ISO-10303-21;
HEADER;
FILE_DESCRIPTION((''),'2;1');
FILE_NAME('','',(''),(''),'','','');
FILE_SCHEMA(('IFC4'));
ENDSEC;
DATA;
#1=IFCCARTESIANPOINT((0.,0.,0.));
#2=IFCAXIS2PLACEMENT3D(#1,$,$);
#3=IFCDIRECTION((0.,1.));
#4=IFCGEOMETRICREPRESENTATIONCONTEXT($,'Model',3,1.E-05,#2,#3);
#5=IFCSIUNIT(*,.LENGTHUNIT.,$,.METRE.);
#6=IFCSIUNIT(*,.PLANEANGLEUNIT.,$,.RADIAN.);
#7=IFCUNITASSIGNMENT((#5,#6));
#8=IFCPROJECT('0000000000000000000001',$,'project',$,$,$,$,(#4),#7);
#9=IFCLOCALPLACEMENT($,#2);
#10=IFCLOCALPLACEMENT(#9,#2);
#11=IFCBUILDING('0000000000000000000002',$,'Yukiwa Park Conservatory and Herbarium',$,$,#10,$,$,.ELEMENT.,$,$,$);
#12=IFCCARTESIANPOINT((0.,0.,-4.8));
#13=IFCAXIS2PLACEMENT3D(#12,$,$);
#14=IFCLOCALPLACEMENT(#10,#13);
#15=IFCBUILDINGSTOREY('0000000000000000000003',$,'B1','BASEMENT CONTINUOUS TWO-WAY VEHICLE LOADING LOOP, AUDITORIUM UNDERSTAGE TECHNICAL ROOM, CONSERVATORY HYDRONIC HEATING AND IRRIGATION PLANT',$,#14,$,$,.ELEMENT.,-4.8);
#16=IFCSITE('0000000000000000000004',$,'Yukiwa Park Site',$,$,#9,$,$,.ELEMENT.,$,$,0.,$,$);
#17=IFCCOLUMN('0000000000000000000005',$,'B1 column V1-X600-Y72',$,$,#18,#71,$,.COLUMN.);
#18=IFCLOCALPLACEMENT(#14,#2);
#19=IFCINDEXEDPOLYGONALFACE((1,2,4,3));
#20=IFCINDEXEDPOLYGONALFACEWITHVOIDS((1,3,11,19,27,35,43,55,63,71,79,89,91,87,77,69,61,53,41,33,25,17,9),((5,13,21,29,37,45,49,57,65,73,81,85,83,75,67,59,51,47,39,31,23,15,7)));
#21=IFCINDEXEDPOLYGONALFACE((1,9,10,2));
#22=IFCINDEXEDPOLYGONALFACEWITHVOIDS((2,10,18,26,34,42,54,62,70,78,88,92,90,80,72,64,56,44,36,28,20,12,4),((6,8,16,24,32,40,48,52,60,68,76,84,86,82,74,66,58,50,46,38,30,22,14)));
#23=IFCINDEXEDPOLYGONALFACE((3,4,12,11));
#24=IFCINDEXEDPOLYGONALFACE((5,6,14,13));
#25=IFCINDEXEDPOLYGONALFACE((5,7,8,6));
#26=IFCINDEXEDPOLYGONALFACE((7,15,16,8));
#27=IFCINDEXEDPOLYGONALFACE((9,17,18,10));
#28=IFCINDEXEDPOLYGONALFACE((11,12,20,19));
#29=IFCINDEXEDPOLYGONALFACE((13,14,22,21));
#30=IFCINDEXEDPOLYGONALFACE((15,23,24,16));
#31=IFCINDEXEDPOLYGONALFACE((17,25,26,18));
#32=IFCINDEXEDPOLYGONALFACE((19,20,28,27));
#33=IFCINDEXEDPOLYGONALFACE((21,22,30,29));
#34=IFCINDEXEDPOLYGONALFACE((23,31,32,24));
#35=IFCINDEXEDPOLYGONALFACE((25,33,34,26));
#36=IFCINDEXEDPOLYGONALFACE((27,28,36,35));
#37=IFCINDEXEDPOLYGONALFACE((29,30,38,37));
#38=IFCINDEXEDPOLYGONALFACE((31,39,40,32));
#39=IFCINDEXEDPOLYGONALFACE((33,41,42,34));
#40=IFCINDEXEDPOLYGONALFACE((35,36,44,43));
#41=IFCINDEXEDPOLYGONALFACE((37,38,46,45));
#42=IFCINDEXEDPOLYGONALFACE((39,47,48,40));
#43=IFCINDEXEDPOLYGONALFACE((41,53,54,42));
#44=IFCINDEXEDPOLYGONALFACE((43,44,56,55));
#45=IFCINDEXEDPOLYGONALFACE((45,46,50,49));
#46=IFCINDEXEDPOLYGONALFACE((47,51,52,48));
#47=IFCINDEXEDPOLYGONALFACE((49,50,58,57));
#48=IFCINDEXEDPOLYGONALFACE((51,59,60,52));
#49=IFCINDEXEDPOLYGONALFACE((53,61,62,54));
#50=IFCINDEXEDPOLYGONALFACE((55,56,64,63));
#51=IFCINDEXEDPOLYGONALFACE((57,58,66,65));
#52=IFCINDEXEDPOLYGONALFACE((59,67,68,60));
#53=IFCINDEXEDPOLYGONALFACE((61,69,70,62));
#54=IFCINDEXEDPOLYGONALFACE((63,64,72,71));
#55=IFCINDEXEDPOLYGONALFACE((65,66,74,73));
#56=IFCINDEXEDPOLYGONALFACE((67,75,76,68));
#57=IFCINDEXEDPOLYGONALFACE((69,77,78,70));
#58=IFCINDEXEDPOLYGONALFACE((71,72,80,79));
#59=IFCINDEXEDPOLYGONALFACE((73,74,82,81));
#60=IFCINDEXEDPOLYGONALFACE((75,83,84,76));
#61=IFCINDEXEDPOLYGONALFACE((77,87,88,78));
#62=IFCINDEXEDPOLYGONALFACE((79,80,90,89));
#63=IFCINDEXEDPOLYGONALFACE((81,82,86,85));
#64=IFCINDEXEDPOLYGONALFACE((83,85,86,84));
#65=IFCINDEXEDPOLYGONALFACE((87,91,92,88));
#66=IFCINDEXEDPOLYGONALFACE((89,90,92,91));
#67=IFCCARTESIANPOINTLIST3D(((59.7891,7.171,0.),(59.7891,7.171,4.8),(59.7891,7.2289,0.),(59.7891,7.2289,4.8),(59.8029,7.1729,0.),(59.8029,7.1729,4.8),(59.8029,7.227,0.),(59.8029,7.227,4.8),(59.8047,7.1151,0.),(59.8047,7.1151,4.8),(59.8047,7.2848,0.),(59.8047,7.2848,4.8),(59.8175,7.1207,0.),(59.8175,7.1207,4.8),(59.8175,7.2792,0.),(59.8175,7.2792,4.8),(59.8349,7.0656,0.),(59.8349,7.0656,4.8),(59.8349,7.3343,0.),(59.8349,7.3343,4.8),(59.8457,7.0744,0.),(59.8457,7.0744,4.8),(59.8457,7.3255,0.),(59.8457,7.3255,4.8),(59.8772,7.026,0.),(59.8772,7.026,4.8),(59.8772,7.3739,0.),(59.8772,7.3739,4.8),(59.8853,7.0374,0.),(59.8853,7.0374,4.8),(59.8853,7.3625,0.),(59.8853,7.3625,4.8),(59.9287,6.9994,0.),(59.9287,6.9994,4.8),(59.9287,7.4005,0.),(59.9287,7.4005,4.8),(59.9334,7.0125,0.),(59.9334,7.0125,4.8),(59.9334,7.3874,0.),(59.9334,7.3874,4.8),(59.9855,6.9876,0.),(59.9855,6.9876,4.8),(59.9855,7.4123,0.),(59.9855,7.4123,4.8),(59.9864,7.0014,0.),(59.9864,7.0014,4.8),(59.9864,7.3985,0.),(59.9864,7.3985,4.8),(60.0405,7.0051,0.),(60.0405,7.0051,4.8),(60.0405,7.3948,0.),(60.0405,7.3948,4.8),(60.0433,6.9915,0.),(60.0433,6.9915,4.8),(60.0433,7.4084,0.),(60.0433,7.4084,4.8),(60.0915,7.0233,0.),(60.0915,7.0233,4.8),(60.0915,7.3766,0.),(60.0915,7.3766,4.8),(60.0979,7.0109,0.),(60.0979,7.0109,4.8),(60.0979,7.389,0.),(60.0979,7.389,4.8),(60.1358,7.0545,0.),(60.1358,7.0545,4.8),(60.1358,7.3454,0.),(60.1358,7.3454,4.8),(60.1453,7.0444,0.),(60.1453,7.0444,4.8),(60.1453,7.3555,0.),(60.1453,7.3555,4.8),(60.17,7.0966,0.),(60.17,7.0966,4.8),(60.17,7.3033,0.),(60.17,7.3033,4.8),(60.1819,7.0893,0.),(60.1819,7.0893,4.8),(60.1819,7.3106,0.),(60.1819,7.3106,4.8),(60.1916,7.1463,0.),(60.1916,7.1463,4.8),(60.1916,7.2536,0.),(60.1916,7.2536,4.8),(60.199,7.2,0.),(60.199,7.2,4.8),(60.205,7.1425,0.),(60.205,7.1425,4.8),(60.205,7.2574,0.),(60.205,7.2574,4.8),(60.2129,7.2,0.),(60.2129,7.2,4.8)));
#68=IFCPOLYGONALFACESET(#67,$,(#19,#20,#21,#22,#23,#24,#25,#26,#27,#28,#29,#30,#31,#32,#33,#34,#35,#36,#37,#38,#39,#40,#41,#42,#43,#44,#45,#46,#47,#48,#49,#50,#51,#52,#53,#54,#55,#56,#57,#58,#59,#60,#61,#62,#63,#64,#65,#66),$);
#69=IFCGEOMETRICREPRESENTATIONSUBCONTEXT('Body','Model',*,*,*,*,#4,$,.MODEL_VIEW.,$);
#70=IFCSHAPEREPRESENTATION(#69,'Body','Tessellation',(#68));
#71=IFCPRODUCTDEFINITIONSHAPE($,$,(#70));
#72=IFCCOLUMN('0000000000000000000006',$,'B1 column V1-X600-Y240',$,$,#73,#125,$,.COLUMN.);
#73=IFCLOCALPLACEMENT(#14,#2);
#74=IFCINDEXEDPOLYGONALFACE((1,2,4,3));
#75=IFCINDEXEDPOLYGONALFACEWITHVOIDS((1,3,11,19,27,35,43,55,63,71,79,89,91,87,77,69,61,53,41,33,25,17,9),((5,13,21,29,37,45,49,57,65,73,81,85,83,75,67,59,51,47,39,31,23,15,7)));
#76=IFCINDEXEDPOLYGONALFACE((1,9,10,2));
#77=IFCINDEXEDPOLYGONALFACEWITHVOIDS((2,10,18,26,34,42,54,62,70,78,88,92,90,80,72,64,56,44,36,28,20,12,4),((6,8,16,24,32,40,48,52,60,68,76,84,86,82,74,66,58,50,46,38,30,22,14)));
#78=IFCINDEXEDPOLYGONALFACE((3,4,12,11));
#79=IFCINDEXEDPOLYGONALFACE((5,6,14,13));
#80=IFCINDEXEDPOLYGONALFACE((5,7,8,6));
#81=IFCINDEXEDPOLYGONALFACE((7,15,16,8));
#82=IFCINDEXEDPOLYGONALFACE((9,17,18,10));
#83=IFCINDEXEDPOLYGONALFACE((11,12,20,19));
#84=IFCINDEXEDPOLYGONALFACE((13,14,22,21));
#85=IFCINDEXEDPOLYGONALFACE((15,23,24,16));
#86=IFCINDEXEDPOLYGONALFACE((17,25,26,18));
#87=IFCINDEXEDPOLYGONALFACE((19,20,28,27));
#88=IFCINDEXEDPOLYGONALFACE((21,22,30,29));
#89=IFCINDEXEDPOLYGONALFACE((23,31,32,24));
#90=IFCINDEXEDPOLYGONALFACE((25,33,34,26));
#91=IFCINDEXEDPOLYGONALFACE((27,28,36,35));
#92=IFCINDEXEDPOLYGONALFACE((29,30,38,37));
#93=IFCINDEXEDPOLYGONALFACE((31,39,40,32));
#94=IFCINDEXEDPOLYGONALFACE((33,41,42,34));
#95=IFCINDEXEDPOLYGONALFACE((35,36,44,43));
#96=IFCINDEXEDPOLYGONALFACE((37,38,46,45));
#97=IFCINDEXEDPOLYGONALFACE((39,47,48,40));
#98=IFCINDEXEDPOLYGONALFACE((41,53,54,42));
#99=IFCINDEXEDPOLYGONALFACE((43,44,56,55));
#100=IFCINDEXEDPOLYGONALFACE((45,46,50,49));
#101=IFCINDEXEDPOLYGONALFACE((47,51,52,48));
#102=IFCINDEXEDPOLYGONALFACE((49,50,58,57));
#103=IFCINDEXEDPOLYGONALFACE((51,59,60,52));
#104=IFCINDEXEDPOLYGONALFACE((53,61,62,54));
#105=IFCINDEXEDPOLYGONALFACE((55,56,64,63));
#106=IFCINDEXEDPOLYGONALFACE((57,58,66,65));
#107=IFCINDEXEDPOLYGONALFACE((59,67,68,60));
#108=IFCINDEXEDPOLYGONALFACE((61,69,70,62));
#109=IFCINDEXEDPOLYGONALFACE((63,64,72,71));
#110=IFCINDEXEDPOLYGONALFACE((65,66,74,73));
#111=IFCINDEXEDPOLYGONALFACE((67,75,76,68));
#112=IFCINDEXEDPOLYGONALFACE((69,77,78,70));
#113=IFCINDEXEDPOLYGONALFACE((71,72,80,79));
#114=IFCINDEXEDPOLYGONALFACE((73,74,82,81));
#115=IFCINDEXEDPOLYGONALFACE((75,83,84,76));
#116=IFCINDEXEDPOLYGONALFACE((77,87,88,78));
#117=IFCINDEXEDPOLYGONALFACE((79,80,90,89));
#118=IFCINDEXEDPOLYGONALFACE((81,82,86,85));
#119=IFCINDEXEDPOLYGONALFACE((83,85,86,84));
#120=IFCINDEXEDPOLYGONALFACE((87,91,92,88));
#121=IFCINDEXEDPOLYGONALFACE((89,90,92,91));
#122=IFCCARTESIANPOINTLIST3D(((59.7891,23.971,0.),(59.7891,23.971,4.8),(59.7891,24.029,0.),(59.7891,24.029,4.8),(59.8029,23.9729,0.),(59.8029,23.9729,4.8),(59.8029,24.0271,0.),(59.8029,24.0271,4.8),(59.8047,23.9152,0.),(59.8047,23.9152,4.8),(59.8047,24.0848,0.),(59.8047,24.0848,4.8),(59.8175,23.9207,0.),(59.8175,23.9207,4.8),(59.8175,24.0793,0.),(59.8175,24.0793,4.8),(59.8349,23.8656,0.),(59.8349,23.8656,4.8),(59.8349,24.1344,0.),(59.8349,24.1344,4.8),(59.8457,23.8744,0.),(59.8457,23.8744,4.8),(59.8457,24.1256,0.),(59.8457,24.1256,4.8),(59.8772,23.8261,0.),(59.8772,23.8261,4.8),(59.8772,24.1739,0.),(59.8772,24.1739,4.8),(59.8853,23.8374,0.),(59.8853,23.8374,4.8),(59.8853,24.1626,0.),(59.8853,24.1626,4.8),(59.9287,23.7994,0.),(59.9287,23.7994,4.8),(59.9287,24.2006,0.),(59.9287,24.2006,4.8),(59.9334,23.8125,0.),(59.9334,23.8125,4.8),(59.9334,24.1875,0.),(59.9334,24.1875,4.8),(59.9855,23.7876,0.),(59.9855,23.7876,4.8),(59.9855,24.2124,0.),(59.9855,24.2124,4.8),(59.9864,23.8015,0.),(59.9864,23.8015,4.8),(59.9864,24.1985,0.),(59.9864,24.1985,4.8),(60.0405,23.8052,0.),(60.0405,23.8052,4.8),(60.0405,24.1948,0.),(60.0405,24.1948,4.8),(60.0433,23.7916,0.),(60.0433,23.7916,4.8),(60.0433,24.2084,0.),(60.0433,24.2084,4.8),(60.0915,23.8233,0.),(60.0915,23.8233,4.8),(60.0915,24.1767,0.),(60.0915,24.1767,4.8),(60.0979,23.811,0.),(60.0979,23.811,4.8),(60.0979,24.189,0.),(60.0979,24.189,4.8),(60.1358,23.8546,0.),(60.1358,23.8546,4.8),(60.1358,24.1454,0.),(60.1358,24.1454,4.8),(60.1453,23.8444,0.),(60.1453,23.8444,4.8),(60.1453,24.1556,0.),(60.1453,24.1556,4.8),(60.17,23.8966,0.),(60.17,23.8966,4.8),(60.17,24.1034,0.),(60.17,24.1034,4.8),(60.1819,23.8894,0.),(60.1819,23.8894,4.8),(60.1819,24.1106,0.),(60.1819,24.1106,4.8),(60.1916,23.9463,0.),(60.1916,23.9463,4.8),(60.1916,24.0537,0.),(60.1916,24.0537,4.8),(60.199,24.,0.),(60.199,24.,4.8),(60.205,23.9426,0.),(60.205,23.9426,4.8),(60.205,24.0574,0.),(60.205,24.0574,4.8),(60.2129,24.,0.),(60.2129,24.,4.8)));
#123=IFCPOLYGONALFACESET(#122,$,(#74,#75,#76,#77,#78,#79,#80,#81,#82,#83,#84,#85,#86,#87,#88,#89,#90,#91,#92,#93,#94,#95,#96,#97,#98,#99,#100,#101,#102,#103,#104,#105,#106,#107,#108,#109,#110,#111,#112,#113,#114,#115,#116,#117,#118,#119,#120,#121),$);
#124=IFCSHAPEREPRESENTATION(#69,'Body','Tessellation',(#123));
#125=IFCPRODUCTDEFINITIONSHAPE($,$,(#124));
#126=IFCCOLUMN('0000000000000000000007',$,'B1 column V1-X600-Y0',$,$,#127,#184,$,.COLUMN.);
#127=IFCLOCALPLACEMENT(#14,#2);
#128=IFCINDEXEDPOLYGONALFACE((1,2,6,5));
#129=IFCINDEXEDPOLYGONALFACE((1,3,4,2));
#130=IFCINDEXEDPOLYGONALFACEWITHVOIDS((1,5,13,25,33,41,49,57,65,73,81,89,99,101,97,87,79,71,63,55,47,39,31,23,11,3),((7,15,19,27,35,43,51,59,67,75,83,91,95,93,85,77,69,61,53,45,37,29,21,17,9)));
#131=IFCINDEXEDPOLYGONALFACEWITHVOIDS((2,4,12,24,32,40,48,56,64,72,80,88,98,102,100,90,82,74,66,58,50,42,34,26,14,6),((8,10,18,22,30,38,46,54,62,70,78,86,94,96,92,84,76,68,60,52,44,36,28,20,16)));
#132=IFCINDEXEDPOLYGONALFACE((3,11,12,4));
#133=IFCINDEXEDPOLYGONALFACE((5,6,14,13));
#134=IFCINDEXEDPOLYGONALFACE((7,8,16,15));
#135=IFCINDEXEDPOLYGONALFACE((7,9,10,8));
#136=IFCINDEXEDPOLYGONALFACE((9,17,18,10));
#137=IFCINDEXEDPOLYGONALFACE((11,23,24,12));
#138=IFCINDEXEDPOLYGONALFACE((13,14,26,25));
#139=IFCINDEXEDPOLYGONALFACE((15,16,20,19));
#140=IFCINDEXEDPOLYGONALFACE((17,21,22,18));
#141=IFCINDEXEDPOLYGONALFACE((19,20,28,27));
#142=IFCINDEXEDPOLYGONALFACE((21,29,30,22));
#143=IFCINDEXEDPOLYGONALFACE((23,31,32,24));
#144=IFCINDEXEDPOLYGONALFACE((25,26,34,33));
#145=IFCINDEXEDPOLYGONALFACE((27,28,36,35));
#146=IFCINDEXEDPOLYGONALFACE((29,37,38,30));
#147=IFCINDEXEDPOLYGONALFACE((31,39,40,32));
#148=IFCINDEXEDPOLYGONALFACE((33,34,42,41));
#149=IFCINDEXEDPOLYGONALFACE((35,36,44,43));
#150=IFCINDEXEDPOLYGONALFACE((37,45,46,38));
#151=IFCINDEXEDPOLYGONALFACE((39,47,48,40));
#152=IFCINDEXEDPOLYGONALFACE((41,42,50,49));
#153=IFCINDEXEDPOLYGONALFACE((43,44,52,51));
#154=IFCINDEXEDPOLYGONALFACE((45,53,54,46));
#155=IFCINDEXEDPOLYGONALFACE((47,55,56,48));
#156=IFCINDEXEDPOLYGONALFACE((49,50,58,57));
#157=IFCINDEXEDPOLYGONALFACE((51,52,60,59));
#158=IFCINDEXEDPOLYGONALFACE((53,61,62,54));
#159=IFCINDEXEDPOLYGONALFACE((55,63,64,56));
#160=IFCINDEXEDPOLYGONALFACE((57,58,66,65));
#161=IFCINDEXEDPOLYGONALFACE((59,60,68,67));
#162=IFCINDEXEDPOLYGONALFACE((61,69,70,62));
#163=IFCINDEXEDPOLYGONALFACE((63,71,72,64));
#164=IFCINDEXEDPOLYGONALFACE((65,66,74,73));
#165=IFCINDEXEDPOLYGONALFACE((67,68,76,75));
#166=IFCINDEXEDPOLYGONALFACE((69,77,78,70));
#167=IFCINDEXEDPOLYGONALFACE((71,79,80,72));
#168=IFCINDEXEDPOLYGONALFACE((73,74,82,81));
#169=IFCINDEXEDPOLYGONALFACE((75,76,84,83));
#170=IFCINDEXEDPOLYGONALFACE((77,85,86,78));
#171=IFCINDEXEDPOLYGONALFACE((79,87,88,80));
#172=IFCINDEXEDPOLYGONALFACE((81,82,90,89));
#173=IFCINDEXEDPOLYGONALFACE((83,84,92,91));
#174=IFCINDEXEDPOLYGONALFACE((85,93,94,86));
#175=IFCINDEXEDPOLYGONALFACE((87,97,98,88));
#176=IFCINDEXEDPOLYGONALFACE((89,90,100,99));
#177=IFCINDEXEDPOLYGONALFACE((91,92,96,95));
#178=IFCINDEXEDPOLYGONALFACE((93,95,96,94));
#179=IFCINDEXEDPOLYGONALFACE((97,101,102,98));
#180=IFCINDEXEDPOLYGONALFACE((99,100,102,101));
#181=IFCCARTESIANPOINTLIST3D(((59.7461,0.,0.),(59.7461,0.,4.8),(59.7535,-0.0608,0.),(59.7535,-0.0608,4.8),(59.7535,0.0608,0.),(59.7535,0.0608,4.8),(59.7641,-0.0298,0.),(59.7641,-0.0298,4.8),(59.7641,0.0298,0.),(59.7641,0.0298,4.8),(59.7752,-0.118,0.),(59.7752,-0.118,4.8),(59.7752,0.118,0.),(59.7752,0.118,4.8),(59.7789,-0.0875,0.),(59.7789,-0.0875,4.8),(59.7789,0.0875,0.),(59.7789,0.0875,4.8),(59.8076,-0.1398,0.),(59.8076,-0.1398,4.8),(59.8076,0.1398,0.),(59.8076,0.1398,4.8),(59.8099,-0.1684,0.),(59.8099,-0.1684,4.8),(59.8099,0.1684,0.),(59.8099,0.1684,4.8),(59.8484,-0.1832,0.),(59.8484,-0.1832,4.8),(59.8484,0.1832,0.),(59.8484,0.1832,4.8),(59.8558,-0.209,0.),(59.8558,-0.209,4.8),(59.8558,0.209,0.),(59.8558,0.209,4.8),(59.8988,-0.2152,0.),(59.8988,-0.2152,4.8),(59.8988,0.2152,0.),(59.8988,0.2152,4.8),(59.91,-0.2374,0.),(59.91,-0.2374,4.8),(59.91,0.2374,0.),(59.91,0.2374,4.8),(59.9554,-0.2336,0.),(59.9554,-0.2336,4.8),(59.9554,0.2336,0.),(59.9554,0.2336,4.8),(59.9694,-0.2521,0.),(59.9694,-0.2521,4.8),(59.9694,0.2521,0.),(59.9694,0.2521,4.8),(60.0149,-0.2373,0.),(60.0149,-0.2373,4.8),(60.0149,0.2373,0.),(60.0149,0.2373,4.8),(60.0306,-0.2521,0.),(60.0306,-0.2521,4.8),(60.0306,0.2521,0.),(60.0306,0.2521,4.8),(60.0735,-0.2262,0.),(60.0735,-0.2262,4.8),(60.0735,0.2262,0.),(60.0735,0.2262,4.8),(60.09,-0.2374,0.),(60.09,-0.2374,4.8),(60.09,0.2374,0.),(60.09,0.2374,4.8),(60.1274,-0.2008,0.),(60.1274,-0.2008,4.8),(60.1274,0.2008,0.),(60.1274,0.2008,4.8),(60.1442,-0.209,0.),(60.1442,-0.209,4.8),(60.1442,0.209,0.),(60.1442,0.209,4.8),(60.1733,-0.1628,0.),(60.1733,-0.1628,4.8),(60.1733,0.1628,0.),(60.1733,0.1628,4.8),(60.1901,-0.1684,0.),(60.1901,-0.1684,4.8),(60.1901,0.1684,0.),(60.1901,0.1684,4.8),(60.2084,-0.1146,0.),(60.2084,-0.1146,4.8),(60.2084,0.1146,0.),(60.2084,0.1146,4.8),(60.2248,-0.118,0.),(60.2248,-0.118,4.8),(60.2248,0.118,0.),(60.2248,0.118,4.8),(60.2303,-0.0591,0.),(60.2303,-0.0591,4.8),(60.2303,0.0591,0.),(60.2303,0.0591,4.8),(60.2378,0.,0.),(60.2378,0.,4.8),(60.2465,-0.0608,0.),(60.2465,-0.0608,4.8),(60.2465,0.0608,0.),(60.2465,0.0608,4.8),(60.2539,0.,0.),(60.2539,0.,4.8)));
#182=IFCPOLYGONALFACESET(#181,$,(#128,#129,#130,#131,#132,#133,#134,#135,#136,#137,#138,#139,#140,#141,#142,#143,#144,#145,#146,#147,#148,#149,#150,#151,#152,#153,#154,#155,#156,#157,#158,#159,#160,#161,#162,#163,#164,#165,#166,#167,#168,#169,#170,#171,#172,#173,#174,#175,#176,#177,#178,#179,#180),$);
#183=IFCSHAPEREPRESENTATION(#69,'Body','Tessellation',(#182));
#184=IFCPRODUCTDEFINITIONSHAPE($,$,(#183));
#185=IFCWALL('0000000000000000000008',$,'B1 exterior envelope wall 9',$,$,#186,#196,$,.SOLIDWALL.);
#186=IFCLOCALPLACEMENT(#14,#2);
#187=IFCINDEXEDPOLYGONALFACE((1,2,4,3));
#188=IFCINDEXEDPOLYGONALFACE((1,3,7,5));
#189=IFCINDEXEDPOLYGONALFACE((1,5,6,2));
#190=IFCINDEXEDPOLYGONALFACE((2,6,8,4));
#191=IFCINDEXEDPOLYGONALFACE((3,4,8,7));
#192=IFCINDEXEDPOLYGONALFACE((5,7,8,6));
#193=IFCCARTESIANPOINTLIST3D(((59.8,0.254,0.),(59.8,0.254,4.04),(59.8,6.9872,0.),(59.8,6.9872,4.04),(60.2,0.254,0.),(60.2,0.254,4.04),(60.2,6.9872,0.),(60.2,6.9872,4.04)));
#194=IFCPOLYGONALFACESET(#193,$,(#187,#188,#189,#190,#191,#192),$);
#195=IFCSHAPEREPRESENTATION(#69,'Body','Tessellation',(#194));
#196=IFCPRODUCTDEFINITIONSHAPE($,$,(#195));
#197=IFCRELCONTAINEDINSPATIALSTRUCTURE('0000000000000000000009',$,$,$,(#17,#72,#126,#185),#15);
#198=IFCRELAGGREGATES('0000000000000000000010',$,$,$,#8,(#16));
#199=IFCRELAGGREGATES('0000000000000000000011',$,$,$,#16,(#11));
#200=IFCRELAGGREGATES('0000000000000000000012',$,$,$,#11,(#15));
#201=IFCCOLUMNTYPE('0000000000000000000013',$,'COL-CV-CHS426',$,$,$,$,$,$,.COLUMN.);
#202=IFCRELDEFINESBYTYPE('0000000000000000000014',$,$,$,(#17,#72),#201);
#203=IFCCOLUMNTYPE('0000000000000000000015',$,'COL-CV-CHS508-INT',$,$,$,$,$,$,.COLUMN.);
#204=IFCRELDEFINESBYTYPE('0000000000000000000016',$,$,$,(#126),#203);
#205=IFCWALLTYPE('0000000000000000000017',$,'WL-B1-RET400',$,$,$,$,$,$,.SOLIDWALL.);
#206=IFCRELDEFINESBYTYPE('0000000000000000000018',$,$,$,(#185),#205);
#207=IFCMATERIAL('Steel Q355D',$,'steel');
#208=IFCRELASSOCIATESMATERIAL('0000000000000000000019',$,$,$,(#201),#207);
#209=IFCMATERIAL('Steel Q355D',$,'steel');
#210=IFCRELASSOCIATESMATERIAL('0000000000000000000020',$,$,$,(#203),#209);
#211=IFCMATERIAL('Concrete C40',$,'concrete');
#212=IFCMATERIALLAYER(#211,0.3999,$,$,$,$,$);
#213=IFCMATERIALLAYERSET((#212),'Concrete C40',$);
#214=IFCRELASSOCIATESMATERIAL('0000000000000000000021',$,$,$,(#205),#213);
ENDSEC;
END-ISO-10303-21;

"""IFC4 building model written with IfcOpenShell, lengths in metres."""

from ifc_helpers import new_model, si_unit, direction, frame, frame_2d, origin, origin_2d, place, context, subcontext, project, spatial, rectangle, hollow_circle, extrude, material, layer, layer_set, material_profile, profile_set, type_object, element, save


model = new_model("IFC4")

# Units and contexts
model_context = context("Model", 3, precision=1e-05, world=origin(), true_north=direction((0.0, 1.0)))
body_context = subcontext(model_context, "Body", "Model", "MODEL_VIEW")
ifc_project = project(units=[si_unit("LENGTHUNIT", "METRE"), si_unit("PLANEANGLEUNIT", "RADIAN")], contexts=[model_context])

# Site, building, storey
site_placement = place(None, origin())
site = spatial("IfcSite", under=ifc_project, at=site_placement, Name="Yukiwa Park Site", CompositionType="ELEMENT", RefElevation=0.0)
building_placement = place(site_placement, origin())
building = spatial("IfcBuilding", under=site, at=building_placement, Name="Yukiwa Park Conservatory and Herbarium", CompositionType="ELEMENT")
storey_placement = place(building_placement, frame((0.0, 0.0, -4.8)))
storey = spatial("IfcBuildingStorey", under=building, at=storey_placement, Name="B1", Description="BASEMENT CONTINUOUS TWO-WAY VEHICLE LOADING LOOP, AUDITORIUM UNDERSTAGE TECHNICAL ROOM, CONSERVATORY HYDRONIC HEATING AND IRRIGATION PLANT", CompositionType="ELEMENT", Elevation=-4.8)

# Columns
ifc_material_1 = material(Name="Steel Q355D", Category="steel")
ifc_material_profile_1 = material_profile(ifc_material_1, hollow_circle(Radius=0.2129, WallThickness=0.0139, at=origin_2d()), Name="CHS 426x14")
ifc_profile_set_1 = profile_set([ifc_material_profile_1], Name="Steel Q355D")
column_type_1 = type_object("IfcColumnType", Name="COL-CV-CHS426", PredefinedType="COLUMN", material=ifc_profile_set_1)
for number, where, z_axis, x_axis, name in (
    (1, (60.0, 7.2, 0.0), (0.0, 0.0, 1.0), (1.0, 0.0, 0.0), "B1 column V1-X600-Y72"),
    (2, (60.0, 24.0, 0.0), (0.0, 0.0, 1.0), (1.0, 0.0, 0.0), "B1 column V1-X600-Y240"),
):
    element("IfcColumn", number, at=place(storey_placement, frame(where, z_axis=z_axis, x_axis=x_axis)), inside=storey, type_object=column_type_1, Name=name, PredefinedType="COLUMN", context=body_context, shape_type="SweptSolid", body=[
        extrude(hollow_circle(Radius=0.2129, WallThickness=0.0139, at=origin_2d()), origin(), (0.0, 0.0, 1.0), 4.8),
    ])
ifc_material_2 = material(Name="Steel Q355D", Category="steel")
ifc_material_profile_2 = material_profile(ifc_material_2, hollow_circle(Radius=0.2539, WallThickness=0.0161, at=origin_2d()), Name="CHS 508x16")
ifc_profile_set_2 = profile_set([ifc_material_profile_2], Name="Steel Q355D")
column_type_2 = type_object("IfcColumnType", Name="COL-CV-CHS508-INT", PredefinedType="COLUMN", material=ifc_profile_set_2)
column_1_placement = place(storey_placement, frame((60.0, 0.0, 0.0), z_axis=(0.0, 0.0, 1.0), x_axis=(1.0, 0.0, 0.0)))
element("IfcColumn", 3, at=column_1_placement, inside=storey, type_object=column_type_2, Name="B1 column V1-X600-Y0", PredefinedType="COLUMN", context=body_context, shape_type="SweptSolid", body=[
    extrude(hollow_circle(Radius=0.2539, WallThickness=0.0161, at=origin_2d()), origin(), (0.0, 0.0, 1.0), 4.8),
])

# Wall
ifc_material_3 = material(Name="Concrete C40", Category="concrete")
ifc_layer_1 = layer(ifc_material_3, 0.3999)
ifc_layer_set_1 = layer_set([ifc_layer_1], Name="Concrete C40")
wall_type_1 = type_object("IfcWallType", Name="WL-B1-RET400", PredefinedType="SOLIDWALL", material=ifc_layer_set_1)
wall_1_placement = place(storey_placement, frame((60.0, 0.2539, 0.0), z_axis=(0.0, 0.0, 1.0), x_axis=(0.0, 1.0, 0.0)))
element("IfcWall", 4, at=wall_1_placement, inside=storey, type_object=wall_type_1, Name="B1 exterior envelope wall 9", PredefinedType="SOLIDWALL", context=body_context, shape_type="SweptSolid", body=[
    extrude(rectangle(XDim=6.7332, YDim=0.3999, at=frame_2d((3.3667, 0.0))), origin(), (0.0, 0.0, 1.0), 4.04),
])

save(model, "model.ifc")
